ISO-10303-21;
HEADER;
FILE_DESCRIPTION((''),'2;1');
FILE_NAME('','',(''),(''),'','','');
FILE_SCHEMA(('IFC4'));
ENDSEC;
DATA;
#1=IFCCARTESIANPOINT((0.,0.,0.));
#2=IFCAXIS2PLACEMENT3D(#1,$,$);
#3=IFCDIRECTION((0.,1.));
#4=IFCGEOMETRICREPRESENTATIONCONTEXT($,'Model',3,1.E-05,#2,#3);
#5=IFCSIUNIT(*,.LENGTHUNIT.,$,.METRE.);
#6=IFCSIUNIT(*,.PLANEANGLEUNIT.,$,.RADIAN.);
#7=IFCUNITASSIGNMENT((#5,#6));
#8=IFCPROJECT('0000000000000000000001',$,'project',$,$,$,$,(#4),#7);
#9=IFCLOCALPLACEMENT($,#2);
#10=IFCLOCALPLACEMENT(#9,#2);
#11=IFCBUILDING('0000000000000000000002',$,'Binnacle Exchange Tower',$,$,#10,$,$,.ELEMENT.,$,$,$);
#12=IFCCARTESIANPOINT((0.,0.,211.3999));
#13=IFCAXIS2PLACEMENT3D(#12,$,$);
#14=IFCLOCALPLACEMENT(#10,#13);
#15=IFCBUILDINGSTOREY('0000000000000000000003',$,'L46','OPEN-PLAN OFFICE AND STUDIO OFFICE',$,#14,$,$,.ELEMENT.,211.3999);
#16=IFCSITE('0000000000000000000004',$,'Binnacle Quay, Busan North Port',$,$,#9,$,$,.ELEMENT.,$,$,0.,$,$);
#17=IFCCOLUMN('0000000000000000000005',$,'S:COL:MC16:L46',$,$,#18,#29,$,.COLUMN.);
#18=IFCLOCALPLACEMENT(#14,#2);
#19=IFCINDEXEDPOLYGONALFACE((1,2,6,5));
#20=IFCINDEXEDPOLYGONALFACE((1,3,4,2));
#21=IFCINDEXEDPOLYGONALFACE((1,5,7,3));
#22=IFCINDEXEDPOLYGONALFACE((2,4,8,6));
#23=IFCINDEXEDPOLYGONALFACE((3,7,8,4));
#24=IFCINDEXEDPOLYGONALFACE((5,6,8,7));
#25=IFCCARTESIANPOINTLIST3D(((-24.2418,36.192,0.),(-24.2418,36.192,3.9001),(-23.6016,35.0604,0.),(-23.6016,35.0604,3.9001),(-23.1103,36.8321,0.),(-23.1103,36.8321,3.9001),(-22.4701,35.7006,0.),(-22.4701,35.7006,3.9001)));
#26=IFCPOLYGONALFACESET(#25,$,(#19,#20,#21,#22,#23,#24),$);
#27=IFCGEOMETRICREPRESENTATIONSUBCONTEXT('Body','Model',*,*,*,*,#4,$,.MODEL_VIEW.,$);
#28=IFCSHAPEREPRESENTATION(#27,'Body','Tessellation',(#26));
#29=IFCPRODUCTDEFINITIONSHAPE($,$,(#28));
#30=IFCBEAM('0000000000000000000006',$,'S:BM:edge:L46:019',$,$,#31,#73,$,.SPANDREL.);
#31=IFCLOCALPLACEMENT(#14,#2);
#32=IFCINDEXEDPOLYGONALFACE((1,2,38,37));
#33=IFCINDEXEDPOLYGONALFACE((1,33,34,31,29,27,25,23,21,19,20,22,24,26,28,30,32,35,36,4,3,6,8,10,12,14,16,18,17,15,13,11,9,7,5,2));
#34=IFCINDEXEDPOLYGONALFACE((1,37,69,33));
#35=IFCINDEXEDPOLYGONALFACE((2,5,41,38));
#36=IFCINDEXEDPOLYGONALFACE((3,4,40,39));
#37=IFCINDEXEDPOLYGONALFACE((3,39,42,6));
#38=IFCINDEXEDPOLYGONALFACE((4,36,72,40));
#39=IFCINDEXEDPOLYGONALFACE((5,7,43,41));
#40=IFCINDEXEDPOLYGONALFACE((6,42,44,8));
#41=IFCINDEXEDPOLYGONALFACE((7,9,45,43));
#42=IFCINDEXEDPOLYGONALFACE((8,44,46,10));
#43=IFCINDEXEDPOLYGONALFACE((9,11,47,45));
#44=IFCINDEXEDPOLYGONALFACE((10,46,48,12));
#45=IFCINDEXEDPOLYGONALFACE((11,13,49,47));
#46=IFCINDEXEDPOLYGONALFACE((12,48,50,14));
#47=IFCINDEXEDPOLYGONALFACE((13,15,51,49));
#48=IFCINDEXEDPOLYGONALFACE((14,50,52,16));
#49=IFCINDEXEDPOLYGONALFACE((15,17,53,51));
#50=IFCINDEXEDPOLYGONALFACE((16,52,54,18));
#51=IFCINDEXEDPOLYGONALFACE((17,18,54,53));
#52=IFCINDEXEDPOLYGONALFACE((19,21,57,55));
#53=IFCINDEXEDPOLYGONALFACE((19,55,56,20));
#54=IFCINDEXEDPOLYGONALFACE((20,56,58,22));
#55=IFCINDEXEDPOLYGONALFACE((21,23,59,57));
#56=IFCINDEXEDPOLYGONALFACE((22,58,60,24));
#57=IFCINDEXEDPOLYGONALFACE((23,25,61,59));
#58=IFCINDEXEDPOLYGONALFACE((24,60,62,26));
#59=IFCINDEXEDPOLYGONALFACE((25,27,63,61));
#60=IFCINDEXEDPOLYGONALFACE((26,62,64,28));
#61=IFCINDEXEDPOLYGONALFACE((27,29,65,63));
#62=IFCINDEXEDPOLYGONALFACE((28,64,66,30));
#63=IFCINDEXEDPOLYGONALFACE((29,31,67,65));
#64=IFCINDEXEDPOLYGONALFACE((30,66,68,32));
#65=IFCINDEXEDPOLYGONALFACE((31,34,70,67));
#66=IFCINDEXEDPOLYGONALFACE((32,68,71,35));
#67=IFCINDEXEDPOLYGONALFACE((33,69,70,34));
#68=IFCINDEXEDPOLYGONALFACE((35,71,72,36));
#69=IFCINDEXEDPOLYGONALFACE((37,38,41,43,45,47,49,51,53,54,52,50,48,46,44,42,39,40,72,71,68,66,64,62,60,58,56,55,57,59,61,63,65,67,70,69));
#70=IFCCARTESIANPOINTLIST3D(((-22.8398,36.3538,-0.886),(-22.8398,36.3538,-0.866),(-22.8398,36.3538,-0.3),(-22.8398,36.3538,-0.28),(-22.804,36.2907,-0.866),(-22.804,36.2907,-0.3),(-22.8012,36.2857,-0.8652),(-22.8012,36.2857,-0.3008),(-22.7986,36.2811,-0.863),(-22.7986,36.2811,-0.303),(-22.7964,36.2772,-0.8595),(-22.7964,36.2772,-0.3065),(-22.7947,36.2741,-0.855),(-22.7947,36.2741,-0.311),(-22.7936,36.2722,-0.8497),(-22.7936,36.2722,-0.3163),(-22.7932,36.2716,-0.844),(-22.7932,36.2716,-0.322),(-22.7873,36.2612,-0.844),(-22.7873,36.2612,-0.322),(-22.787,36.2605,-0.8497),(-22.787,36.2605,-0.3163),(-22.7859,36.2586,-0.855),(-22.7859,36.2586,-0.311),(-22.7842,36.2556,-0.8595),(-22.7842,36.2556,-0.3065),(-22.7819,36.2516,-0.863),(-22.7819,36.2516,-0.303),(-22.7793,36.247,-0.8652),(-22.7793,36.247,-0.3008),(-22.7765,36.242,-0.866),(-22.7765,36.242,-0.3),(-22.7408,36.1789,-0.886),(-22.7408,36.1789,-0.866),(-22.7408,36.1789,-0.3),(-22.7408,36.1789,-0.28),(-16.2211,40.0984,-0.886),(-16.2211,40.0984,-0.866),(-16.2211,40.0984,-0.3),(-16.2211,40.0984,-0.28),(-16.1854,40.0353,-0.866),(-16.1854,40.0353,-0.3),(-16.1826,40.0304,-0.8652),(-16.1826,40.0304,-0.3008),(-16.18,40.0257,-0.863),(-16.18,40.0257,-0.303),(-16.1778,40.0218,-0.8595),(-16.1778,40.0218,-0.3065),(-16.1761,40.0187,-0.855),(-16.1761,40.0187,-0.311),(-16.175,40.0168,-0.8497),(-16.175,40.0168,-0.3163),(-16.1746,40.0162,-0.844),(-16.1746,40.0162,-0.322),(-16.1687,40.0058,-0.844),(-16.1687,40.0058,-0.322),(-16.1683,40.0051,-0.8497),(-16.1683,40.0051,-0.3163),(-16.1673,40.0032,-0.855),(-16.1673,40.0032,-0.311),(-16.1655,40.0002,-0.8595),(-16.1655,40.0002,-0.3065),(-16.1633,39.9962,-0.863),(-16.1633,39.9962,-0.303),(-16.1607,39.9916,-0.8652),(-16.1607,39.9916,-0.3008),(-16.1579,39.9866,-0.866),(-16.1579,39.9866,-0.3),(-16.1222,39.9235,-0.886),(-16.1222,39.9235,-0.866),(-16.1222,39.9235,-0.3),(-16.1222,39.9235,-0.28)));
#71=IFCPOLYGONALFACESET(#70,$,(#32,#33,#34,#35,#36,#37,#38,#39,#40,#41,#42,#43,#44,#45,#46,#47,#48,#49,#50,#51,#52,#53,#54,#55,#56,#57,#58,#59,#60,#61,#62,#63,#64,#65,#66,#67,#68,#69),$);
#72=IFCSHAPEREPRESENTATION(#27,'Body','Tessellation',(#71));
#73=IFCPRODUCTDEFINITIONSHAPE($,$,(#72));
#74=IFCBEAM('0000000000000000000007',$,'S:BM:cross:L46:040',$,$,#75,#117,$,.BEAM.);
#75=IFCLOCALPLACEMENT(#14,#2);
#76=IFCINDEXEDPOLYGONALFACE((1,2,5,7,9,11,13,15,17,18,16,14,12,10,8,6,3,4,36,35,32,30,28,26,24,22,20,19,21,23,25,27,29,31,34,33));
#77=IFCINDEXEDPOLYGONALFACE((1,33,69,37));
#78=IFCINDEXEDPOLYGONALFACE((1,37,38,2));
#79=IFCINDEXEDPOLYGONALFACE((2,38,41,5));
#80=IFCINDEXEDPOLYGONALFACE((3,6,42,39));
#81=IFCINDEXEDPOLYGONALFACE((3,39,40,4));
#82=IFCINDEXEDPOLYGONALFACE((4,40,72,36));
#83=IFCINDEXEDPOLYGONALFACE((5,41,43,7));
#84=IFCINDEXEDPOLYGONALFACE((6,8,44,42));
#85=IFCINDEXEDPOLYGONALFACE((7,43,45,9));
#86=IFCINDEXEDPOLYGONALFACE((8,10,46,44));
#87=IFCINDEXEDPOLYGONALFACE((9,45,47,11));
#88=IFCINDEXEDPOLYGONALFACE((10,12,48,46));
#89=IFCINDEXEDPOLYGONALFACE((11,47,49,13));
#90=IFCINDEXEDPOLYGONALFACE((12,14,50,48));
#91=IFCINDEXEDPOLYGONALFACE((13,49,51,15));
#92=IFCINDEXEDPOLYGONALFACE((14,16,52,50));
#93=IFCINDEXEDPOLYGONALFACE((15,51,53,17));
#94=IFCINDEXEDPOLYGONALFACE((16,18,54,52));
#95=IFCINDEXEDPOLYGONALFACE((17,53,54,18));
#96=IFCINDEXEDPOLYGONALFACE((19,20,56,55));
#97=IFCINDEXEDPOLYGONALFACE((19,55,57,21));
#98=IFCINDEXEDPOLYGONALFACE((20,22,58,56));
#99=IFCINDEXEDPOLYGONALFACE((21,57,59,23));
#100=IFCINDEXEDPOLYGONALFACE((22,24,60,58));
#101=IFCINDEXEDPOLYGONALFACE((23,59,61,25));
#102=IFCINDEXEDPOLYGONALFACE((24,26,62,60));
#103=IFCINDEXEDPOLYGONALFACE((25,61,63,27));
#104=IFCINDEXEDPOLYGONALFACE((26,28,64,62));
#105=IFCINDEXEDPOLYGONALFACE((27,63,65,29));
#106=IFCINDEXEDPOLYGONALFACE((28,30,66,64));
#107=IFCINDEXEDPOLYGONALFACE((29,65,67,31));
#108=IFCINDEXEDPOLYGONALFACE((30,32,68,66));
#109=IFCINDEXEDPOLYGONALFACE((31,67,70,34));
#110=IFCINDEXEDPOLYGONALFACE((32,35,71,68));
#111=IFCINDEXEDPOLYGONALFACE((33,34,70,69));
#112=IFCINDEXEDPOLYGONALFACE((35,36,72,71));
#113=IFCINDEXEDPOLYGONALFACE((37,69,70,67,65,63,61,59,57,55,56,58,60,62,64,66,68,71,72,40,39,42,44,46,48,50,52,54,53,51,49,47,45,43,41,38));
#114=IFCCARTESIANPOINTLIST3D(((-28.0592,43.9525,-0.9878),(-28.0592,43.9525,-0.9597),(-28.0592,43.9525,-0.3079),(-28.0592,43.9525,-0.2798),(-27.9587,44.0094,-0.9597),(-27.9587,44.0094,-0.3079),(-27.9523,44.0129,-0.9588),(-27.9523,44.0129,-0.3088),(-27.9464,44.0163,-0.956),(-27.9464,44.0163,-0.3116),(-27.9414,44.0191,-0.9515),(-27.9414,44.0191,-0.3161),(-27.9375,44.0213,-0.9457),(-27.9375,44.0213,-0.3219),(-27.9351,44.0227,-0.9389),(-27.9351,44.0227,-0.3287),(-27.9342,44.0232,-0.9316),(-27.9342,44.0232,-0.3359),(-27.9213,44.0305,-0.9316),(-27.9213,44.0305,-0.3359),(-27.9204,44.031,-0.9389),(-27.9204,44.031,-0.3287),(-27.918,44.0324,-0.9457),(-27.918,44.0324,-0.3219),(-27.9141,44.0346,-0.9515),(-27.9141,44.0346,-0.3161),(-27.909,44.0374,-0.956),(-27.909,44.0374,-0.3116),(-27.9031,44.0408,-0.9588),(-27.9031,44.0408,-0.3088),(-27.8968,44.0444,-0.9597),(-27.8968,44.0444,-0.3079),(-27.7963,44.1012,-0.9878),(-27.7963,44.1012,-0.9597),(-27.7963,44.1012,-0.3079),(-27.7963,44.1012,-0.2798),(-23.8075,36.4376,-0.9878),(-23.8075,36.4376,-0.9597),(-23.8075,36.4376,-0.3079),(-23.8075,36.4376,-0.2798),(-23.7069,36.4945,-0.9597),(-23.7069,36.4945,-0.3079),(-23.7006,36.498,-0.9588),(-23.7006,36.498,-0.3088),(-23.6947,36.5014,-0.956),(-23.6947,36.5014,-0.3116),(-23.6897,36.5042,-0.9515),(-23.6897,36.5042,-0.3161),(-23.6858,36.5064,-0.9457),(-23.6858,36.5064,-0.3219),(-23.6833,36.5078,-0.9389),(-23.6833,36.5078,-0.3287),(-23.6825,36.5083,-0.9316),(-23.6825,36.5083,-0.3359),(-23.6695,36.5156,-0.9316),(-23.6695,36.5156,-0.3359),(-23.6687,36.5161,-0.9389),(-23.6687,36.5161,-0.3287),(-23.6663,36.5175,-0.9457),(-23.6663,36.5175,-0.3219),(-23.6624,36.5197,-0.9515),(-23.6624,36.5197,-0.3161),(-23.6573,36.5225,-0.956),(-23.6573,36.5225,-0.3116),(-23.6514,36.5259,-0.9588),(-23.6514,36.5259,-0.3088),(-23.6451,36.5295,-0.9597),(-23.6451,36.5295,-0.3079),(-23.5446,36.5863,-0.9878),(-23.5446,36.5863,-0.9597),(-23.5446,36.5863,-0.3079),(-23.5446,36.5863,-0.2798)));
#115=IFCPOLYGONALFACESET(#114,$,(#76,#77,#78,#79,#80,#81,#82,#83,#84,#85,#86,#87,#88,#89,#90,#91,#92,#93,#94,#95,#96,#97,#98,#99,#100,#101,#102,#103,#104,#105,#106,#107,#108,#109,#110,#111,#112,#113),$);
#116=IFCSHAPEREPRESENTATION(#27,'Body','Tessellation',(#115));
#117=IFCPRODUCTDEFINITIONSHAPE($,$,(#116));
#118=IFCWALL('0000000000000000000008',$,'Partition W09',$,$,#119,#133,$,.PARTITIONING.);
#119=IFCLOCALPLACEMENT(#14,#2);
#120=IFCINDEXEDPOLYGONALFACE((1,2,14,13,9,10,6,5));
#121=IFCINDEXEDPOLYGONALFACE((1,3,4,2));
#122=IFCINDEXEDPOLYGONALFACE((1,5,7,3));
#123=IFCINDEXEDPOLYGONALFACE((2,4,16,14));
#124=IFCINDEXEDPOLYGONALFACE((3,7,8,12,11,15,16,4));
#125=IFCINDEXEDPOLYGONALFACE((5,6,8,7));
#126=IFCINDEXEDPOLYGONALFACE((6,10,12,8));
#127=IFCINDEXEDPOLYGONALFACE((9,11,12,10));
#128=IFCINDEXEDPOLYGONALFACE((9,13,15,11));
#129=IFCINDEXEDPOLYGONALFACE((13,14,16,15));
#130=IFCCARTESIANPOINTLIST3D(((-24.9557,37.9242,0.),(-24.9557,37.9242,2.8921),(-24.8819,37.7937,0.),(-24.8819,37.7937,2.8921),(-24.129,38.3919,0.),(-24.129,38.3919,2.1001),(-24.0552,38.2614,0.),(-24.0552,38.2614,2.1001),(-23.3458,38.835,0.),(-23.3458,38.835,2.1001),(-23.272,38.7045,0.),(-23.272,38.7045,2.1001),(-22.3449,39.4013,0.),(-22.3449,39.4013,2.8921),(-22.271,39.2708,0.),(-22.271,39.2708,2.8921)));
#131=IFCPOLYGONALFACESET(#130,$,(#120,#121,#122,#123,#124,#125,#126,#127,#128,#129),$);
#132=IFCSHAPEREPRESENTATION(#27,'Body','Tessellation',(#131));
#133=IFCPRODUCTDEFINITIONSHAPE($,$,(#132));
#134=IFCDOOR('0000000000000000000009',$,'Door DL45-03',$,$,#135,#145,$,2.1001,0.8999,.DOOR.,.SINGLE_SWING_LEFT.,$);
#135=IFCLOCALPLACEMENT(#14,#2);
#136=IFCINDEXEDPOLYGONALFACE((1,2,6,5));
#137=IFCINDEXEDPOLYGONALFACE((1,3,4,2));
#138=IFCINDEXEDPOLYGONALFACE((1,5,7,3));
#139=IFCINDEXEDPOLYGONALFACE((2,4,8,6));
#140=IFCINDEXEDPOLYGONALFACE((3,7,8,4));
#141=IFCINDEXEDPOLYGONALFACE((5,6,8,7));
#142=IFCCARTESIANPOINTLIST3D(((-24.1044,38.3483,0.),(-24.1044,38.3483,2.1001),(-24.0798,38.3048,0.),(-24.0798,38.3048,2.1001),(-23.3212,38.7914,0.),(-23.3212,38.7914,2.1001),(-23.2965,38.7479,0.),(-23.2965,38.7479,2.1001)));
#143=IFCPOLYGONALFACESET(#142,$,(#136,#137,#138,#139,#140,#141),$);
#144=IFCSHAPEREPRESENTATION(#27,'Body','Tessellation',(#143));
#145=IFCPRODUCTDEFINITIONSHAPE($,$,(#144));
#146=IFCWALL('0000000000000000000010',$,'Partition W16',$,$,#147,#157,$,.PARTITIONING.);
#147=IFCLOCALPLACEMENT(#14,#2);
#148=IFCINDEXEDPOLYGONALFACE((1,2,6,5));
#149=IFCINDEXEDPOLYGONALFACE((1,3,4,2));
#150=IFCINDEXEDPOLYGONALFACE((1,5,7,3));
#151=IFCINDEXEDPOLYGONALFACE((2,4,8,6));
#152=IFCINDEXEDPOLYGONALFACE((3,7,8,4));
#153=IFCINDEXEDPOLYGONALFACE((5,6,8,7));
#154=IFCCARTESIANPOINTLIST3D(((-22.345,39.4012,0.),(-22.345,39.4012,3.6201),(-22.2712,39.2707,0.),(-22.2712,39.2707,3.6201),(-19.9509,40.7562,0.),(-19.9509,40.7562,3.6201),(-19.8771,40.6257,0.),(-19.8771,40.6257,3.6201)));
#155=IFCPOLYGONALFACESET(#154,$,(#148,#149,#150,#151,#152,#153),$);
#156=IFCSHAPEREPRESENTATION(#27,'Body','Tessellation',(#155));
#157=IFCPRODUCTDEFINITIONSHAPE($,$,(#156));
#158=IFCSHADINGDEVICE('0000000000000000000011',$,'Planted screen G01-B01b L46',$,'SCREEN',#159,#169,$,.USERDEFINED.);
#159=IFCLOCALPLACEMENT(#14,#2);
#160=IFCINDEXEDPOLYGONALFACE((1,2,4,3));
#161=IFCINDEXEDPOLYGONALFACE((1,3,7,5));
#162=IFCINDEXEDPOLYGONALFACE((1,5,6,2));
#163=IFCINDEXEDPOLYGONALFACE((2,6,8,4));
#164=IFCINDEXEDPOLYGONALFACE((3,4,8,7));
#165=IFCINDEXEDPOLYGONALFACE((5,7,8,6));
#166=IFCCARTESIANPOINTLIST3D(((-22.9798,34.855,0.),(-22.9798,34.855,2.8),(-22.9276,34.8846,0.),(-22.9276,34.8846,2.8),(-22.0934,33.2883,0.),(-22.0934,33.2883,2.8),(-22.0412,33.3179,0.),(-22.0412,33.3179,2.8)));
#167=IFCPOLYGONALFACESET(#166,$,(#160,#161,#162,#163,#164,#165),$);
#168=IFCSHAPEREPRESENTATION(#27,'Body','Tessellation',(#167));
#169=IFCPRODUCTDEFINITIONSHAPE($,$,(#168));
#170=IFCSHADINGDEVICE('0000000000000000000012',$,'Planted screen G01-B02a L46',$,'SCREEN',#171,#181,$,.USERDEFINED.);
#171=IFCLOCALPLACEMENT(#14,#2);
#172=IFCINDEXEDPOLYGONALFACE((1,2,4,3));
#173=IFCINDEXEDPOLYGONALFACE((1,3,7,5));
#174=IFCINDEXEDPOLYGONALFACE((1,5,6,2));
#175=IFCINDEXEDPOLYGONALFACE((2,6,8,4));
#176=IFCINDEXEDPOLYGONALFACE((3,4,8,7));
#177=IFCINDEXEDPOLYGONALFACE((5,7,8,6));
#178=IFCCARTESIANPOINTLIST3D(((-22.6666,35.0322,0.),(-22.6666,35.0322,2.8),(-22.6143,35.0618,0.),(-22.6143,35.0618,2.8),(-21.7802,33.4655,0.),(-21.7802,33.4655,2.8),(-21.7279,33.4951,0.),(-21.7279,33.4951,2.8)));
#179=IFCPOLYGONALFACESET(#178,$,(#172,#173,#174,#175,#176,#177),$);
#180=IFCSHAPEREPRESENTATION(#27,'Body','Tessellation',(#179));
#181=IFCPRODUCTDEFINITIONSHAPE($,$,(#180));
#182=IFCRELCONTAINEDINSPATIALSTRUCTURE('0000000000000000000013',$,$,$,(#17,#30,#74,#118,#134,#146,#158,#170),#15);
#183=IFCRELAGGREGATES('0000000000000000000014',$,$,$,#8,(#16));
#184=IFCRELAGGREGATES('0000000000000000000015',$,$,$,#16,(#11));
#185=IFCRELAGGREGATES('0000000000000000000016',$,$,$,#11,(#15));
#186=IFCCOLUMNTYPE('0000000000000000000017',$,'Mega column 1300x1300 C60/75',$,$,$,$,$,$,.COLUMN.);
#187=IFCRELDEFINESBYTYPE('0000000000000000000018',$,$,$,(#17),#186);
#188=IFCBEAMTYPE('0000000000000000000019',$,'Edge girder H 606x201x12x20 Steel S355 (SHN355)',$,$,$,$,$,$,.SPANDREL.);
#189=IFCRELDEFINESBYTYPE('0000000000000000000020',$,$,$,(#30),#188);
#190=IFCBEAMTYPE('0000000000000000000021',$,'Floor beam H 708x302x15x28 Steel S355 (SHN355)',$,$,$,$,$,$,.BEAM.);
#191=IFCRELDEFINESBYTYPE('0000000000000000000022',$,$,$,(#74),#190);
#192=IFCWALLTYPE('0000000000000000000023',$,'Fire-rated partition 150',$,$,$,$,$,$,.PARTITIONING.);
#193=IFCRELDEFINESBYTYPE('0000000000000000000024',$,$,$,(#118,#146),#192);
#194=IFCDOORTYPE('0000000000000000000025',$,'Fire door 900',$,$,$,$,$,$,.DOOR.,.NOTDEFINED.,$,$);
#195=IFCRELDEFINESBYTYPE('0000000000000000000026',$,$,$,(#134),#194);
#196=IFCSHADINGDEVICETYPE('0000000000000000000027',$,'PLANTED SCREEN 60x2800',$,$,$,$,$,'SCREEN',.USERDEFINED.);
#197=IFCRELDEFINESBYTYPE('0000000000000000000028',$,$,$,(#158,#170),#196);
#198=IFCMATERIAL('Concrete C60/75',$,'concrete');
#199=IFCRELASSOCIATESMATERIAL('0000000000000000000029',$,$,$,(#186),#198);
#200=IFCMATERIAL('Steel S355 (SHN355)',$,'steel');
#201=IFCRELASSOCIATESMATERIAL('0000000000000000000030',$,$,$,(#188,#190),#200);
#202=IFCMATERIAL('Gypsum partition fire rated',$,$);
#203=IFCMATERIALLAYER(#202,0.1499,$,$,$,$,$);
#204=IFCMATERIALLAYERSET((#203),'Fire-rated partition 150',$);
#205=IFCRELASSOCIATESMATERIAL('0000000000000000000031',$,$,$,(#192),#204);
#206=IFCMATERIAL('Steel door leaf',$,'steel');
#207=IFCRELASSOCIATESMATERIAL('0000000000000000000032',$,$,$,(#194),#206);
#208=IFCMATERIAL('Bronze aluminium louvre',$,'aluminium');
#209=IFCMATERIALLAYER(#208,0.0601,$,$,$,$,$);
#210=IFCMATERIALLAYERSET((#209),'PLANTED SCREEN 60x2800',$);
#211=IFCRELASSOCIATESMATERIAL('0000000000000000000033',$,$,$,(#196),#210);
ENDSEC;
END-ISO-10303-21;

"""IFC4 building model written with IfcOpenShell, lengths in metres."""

from ifc_helpers import new_model, si_unit, direction, frame, frame_2d, origin, origin_2d, place, context, subcontext, project, spatial, rectangle, i_section, extrude, material, layer, layer_set, material_profile, profile_set, type_object, element, fill, save


model = new_model("IFC4")

# Units and contexts
model_context = context("Model", 3, precision=1e-05, world=origin(), true_north=direction((0.0, 1.0)))
body_context = subcontext(model_context, "Body", "Model", "MODEL_VIEW")
ifc_project = project(units=[si_unit("LENGTHUNIT", "METRE"), si_unit("PLANEANGLEUNIT", "RADIAN")], contexts=[model_context])

# Site, building, storey
site_placement = place(None, origin())
site = spatial("IfcSite", under=ifc_project, at=site_placement, Name="Binnacle Quay, Busan North Port", CompositionType="ELEMENT", RefElevation=0.0)
building_placement = place(site_placement, origin())
building = spatial("IfcBuilding", under=site, at=building_placement, Name="Binnacle Exchange Tower", CompositionType="ELEMENT")
storey_placement = place(building_placement, frame((0.0, 0.0, 211.3999)))
storey = spatial("IfcBuildingStorey", under=building, at=storey_placement, Name="L46", Description="OPEN-PLAN OFFICE AND STUDIO OFFICE", CompositionType="ELEMENT", Elevation=211.3999)

# Column
ifc_material_1 = material(Name="Concrete C60/75", Category="concrete")
ifc_material_profile_1 = material_profile(ifc_material_1, rectangle(XDim=1.3, YDim=1.3, at=origin_2d()), Name="Mega column 1300x1300 C60/75")
ifc_profile_set_1 = profile_set([ifc_material_profile_1], Name="Concrete C60/75")
column_type = type_object("IfcColumnType", Name="Mega column 1300x1300 C60/75", PredefinedType="COLUMN", material=ifc_profile_set_1)
column_placement = place(storey_placement, frame((-23.356, 35.9463, 0.0), z_axis=(0.0, 0.0, 1.0), x_axis=(0.870356, 0.492424, 0.0)))
element("IfcColumn", 1, at=column_placement, inside=storey, type_object=column_type, Name="S:COL:MC16:L46", PredefinedType="COLUMN", context=body_context, shape_type="SweptSolid", body=[
    extrude(rectangle(XDim=1.3, YDim=1.3, at=origin_2d()), origin(), (0.0, 0.0, 1.0), 3.9001),
])

# Beams
ifc_material_2 = material(Name="Steel S355 (SHN355)", Category="steel")
ifc_material_profile_2 = material_profile(ifc_material_2, i_section(OverallWidth=0.2009, OverallDepth=0.606, WebThickness=0.012, FlangeThickness=0.02, FilletRadius=0.022, at=origin_2d()), Name="H 606x201x12x20")
ifc_profile_set_2 = profile_set([ifc_material_profile_2], Name="Steel S355 (SHN355)")
beam_type_1 = type_object("IfcBeamType", Name="Edge girder H 606x201x12x20 Steel S355 (SHN355)", PredefinedType="SPANDREL", material=ifc_profile_set_2)
beam_1_placement = place(storey_placement, frame((-22.7903, 36.2664, -0.583), z_axis=(0.870357, 0.492421, 0.0), x_axis=(-0.492421, 0.870357, 0.0)))
element("IfcBeam", 2, at=beam_1_placement, inside=storey, type_object=beam_type_1, Name="S:BM:edge:L46:019", PredefinedType="SPANDREL", context=body_context, shape_type="SweptSolid", body=[
    extrude(i_section(OverallWidth=0.2009, OverallDepth=0.606, WebThickness=0.012, FlangeThickness=0.02, FilletRadius=0.022, at=origin_2d()), origin(), (0.0, 0.0, 1.0), 7.6045),
])
ifc_material_profile_3 = material_profile(ifc_material_2, i_section(OverallWidth=0.302, OverallDepth=0.708, WebThickness=0.0149, FlangeThickness=0.0281, FilletRadius=0.0281, at=origin_2d()), Name="H 708x302x15x28")
ifc_profile_set_3 = profile_set([ifc_material_profile_3], Name="Steel S355 (SHN355)")
beam_type_2 = type_object("IfcBeamType", Name="Floor beam H 708x302x15x28 Steel S355 (SHN355)", PredefinedType="BEAM", material=ifc_profile_set_3)
beam_2_placement = place(storey_placement, frame((-23.676, 36.512, -0.6338), z_axis=(-0.492422, 0.870356, 0.0), x_axis=(-0.870356, -0.492422, 0.0)))
element("IfcBeam", 3, at=beam_2_placement, inside=storey, type_object=beam_type_2, Name="S:BM:cross:L46:040", PredefinedType="BEAM", context=body_context, shape_type="SweptSolid", body=[
    extrude(i_section(OverallWidth=0.302, OverallDepth=0.708, WebThickness=0.0149, FlangeThickness=0.0281, FilletRadius=0.0281, at=origin_2d()), origin(), (0.0, 0.0, 1.0), 8.6343),
])

# Wall, opening, door
ifc_material_3 = material(Name="Gypsum partition fire rated")
ifc_layer_1 = layer(ifc_material_3, 0.1499)
ifc_layer_set_1 = layer_set([ifc_layer_1], Name="Fire-rated partition 150")
wall_type = type_object("IfcWallType", Name="Fire-rated partition 150", PredefinedType="PARTITIONING", material=ifc_layer_set_1)
wall_1_placement = place(storey_placement, frame((-24.9189, 37.8589, 0.0), z_axis=(0.0, 0.0, 1.0), x_axis=(0.870369, 0.4924, 0.0)))
wall_1 = element("IfcWall", 4, at=wall_1_placement, inside=storey, type_object=wall_type, Name="Partition W09", PredefinedType="PARTITIONING", context=body_context, shape_type="SweptSolid", body=[
    extrude(rectangle(XDim=2.9998, YDim=0.1499, at=frame_2d((1.5, 0.0))), origin(), (0.0, 0.0, 1.0), 2.8921),
])
opening_placement = place(wall_1_placement, frame((0.95, 0.0, 0.0)))
opening = element("IfcOpeningElement", 5, at=opening_placement, cuts=wall_1, PredefinedType="OPENING", context=body_context, shape_type="SweptSolid", body=[
    extrude(rectangle(XDim=0.8999, YDim=2.1001, at=frame_2d((0.45, 1.05))), frame((0.0, 0.085, 0.0), z_axis=(0.0, -1.0, 0.0), x_axis=(1.0, 0.0, 0.0)), (0.0, 0.0, 1.0), 0.1699),
])
ifc_material_4 = material(Name="Steel door leaf", Category="steel")
door_type = type_object("IfcDoorType", Name="Fire door 900", OperationType="NOTDEFINED", PredefinedType="DOOR", material=ifc_material_4)
door_placement = place(opening_placement, origin())
door = element("IfcDoor", 6, at=door_placement, inside=storey, type_object=door_type, Name="Door DL45-03", OperationType="SINGLE_SWING_LEFT", OverallHeight=2.1001, OverallWidth=0.8999, PredefinedType="DOOR", context=body_context, shape_type="SweptSolid", body=[
    extrude(rectangle(XDim=0.8999, YDim=2.1001, at=frame_2d((0.45, 1.05))), frame((0.0, 0.0249, 0.0), z_axis=(0.0, -1.0, 0.0), x_axis=(1.0, 0.0, 0.0)), (0.0, 0.0, 1.0), 0.05),
])
fill(opening, door)

# Wall
wall_2_placement = place(storey_placement, frame((-22.3081, 39.3359, 0.0), z_axis=(0.0, 0.0, 1.0), x_axis=(0.870278, 0.49256, 0.0)))
element("IfcWall", 7, at=wall_2_placement, inside=storey, type_object=wall_type, Name="Partition W16", PredefinedType="PARTITIONING", context=body_context, shape_type="SweptSolid", body=[
    extrude(rectangle(XDim=2.751, YDim=0.1499, at=frame_2d((1.3755, 0.0))), origin(), (0.0, 0.0, 1.0), 3.6201),
])

# Shading devices
ifc_material_5 = material(Name="Bronze aluminium louvre", Category="aluminium")
ifc_layer_2 = layer(ifc_material_5, 0.0601)
ifc_layer_set_2 = layer_set([ifc_layer_2], Name="PLANTED SCREEN 60x2800")
shading_device_type = type_object("IfcShadingDeviceType", Name="PLANTED SCREEN 60x2800", ElementType="SCREEN", PredefinedType="USERDEFINED", material=ifc_layer_set_2)
for number, where, z_axis, x_axis, name in (
    (8, (-22.5105, 34.0864, 0.0), (0.0, 0.0, 1.0), (0.870356, 0.492424, 0.0), "Planted screen G01-B01b L46"),
    (9, (-22.1973, 34.2637, 0.0), (0.0, 0.0, 1.0), (0.870356, 0.492424, 0.0), "Planted screen G01-B02a L46"),
):
    element("IfcShadingDevice", number, at=place(storey_placement, frame(where, z_axis=z_axis, x_axis=x_axis)), inside=storey, type_object=shading_device_type, Name=name, ObjectType="SCREEN", PredefinedType="USERDEFINED", context=body_context, shape_type="SweptSolid", body=[
        extrude(rectangle(XDim=0.0601, YDim=1.8, at=origin_2d()), origin(), (0.0, 0.0, 1.0), 2.8),
    ])

save(model, "model.ifc")
